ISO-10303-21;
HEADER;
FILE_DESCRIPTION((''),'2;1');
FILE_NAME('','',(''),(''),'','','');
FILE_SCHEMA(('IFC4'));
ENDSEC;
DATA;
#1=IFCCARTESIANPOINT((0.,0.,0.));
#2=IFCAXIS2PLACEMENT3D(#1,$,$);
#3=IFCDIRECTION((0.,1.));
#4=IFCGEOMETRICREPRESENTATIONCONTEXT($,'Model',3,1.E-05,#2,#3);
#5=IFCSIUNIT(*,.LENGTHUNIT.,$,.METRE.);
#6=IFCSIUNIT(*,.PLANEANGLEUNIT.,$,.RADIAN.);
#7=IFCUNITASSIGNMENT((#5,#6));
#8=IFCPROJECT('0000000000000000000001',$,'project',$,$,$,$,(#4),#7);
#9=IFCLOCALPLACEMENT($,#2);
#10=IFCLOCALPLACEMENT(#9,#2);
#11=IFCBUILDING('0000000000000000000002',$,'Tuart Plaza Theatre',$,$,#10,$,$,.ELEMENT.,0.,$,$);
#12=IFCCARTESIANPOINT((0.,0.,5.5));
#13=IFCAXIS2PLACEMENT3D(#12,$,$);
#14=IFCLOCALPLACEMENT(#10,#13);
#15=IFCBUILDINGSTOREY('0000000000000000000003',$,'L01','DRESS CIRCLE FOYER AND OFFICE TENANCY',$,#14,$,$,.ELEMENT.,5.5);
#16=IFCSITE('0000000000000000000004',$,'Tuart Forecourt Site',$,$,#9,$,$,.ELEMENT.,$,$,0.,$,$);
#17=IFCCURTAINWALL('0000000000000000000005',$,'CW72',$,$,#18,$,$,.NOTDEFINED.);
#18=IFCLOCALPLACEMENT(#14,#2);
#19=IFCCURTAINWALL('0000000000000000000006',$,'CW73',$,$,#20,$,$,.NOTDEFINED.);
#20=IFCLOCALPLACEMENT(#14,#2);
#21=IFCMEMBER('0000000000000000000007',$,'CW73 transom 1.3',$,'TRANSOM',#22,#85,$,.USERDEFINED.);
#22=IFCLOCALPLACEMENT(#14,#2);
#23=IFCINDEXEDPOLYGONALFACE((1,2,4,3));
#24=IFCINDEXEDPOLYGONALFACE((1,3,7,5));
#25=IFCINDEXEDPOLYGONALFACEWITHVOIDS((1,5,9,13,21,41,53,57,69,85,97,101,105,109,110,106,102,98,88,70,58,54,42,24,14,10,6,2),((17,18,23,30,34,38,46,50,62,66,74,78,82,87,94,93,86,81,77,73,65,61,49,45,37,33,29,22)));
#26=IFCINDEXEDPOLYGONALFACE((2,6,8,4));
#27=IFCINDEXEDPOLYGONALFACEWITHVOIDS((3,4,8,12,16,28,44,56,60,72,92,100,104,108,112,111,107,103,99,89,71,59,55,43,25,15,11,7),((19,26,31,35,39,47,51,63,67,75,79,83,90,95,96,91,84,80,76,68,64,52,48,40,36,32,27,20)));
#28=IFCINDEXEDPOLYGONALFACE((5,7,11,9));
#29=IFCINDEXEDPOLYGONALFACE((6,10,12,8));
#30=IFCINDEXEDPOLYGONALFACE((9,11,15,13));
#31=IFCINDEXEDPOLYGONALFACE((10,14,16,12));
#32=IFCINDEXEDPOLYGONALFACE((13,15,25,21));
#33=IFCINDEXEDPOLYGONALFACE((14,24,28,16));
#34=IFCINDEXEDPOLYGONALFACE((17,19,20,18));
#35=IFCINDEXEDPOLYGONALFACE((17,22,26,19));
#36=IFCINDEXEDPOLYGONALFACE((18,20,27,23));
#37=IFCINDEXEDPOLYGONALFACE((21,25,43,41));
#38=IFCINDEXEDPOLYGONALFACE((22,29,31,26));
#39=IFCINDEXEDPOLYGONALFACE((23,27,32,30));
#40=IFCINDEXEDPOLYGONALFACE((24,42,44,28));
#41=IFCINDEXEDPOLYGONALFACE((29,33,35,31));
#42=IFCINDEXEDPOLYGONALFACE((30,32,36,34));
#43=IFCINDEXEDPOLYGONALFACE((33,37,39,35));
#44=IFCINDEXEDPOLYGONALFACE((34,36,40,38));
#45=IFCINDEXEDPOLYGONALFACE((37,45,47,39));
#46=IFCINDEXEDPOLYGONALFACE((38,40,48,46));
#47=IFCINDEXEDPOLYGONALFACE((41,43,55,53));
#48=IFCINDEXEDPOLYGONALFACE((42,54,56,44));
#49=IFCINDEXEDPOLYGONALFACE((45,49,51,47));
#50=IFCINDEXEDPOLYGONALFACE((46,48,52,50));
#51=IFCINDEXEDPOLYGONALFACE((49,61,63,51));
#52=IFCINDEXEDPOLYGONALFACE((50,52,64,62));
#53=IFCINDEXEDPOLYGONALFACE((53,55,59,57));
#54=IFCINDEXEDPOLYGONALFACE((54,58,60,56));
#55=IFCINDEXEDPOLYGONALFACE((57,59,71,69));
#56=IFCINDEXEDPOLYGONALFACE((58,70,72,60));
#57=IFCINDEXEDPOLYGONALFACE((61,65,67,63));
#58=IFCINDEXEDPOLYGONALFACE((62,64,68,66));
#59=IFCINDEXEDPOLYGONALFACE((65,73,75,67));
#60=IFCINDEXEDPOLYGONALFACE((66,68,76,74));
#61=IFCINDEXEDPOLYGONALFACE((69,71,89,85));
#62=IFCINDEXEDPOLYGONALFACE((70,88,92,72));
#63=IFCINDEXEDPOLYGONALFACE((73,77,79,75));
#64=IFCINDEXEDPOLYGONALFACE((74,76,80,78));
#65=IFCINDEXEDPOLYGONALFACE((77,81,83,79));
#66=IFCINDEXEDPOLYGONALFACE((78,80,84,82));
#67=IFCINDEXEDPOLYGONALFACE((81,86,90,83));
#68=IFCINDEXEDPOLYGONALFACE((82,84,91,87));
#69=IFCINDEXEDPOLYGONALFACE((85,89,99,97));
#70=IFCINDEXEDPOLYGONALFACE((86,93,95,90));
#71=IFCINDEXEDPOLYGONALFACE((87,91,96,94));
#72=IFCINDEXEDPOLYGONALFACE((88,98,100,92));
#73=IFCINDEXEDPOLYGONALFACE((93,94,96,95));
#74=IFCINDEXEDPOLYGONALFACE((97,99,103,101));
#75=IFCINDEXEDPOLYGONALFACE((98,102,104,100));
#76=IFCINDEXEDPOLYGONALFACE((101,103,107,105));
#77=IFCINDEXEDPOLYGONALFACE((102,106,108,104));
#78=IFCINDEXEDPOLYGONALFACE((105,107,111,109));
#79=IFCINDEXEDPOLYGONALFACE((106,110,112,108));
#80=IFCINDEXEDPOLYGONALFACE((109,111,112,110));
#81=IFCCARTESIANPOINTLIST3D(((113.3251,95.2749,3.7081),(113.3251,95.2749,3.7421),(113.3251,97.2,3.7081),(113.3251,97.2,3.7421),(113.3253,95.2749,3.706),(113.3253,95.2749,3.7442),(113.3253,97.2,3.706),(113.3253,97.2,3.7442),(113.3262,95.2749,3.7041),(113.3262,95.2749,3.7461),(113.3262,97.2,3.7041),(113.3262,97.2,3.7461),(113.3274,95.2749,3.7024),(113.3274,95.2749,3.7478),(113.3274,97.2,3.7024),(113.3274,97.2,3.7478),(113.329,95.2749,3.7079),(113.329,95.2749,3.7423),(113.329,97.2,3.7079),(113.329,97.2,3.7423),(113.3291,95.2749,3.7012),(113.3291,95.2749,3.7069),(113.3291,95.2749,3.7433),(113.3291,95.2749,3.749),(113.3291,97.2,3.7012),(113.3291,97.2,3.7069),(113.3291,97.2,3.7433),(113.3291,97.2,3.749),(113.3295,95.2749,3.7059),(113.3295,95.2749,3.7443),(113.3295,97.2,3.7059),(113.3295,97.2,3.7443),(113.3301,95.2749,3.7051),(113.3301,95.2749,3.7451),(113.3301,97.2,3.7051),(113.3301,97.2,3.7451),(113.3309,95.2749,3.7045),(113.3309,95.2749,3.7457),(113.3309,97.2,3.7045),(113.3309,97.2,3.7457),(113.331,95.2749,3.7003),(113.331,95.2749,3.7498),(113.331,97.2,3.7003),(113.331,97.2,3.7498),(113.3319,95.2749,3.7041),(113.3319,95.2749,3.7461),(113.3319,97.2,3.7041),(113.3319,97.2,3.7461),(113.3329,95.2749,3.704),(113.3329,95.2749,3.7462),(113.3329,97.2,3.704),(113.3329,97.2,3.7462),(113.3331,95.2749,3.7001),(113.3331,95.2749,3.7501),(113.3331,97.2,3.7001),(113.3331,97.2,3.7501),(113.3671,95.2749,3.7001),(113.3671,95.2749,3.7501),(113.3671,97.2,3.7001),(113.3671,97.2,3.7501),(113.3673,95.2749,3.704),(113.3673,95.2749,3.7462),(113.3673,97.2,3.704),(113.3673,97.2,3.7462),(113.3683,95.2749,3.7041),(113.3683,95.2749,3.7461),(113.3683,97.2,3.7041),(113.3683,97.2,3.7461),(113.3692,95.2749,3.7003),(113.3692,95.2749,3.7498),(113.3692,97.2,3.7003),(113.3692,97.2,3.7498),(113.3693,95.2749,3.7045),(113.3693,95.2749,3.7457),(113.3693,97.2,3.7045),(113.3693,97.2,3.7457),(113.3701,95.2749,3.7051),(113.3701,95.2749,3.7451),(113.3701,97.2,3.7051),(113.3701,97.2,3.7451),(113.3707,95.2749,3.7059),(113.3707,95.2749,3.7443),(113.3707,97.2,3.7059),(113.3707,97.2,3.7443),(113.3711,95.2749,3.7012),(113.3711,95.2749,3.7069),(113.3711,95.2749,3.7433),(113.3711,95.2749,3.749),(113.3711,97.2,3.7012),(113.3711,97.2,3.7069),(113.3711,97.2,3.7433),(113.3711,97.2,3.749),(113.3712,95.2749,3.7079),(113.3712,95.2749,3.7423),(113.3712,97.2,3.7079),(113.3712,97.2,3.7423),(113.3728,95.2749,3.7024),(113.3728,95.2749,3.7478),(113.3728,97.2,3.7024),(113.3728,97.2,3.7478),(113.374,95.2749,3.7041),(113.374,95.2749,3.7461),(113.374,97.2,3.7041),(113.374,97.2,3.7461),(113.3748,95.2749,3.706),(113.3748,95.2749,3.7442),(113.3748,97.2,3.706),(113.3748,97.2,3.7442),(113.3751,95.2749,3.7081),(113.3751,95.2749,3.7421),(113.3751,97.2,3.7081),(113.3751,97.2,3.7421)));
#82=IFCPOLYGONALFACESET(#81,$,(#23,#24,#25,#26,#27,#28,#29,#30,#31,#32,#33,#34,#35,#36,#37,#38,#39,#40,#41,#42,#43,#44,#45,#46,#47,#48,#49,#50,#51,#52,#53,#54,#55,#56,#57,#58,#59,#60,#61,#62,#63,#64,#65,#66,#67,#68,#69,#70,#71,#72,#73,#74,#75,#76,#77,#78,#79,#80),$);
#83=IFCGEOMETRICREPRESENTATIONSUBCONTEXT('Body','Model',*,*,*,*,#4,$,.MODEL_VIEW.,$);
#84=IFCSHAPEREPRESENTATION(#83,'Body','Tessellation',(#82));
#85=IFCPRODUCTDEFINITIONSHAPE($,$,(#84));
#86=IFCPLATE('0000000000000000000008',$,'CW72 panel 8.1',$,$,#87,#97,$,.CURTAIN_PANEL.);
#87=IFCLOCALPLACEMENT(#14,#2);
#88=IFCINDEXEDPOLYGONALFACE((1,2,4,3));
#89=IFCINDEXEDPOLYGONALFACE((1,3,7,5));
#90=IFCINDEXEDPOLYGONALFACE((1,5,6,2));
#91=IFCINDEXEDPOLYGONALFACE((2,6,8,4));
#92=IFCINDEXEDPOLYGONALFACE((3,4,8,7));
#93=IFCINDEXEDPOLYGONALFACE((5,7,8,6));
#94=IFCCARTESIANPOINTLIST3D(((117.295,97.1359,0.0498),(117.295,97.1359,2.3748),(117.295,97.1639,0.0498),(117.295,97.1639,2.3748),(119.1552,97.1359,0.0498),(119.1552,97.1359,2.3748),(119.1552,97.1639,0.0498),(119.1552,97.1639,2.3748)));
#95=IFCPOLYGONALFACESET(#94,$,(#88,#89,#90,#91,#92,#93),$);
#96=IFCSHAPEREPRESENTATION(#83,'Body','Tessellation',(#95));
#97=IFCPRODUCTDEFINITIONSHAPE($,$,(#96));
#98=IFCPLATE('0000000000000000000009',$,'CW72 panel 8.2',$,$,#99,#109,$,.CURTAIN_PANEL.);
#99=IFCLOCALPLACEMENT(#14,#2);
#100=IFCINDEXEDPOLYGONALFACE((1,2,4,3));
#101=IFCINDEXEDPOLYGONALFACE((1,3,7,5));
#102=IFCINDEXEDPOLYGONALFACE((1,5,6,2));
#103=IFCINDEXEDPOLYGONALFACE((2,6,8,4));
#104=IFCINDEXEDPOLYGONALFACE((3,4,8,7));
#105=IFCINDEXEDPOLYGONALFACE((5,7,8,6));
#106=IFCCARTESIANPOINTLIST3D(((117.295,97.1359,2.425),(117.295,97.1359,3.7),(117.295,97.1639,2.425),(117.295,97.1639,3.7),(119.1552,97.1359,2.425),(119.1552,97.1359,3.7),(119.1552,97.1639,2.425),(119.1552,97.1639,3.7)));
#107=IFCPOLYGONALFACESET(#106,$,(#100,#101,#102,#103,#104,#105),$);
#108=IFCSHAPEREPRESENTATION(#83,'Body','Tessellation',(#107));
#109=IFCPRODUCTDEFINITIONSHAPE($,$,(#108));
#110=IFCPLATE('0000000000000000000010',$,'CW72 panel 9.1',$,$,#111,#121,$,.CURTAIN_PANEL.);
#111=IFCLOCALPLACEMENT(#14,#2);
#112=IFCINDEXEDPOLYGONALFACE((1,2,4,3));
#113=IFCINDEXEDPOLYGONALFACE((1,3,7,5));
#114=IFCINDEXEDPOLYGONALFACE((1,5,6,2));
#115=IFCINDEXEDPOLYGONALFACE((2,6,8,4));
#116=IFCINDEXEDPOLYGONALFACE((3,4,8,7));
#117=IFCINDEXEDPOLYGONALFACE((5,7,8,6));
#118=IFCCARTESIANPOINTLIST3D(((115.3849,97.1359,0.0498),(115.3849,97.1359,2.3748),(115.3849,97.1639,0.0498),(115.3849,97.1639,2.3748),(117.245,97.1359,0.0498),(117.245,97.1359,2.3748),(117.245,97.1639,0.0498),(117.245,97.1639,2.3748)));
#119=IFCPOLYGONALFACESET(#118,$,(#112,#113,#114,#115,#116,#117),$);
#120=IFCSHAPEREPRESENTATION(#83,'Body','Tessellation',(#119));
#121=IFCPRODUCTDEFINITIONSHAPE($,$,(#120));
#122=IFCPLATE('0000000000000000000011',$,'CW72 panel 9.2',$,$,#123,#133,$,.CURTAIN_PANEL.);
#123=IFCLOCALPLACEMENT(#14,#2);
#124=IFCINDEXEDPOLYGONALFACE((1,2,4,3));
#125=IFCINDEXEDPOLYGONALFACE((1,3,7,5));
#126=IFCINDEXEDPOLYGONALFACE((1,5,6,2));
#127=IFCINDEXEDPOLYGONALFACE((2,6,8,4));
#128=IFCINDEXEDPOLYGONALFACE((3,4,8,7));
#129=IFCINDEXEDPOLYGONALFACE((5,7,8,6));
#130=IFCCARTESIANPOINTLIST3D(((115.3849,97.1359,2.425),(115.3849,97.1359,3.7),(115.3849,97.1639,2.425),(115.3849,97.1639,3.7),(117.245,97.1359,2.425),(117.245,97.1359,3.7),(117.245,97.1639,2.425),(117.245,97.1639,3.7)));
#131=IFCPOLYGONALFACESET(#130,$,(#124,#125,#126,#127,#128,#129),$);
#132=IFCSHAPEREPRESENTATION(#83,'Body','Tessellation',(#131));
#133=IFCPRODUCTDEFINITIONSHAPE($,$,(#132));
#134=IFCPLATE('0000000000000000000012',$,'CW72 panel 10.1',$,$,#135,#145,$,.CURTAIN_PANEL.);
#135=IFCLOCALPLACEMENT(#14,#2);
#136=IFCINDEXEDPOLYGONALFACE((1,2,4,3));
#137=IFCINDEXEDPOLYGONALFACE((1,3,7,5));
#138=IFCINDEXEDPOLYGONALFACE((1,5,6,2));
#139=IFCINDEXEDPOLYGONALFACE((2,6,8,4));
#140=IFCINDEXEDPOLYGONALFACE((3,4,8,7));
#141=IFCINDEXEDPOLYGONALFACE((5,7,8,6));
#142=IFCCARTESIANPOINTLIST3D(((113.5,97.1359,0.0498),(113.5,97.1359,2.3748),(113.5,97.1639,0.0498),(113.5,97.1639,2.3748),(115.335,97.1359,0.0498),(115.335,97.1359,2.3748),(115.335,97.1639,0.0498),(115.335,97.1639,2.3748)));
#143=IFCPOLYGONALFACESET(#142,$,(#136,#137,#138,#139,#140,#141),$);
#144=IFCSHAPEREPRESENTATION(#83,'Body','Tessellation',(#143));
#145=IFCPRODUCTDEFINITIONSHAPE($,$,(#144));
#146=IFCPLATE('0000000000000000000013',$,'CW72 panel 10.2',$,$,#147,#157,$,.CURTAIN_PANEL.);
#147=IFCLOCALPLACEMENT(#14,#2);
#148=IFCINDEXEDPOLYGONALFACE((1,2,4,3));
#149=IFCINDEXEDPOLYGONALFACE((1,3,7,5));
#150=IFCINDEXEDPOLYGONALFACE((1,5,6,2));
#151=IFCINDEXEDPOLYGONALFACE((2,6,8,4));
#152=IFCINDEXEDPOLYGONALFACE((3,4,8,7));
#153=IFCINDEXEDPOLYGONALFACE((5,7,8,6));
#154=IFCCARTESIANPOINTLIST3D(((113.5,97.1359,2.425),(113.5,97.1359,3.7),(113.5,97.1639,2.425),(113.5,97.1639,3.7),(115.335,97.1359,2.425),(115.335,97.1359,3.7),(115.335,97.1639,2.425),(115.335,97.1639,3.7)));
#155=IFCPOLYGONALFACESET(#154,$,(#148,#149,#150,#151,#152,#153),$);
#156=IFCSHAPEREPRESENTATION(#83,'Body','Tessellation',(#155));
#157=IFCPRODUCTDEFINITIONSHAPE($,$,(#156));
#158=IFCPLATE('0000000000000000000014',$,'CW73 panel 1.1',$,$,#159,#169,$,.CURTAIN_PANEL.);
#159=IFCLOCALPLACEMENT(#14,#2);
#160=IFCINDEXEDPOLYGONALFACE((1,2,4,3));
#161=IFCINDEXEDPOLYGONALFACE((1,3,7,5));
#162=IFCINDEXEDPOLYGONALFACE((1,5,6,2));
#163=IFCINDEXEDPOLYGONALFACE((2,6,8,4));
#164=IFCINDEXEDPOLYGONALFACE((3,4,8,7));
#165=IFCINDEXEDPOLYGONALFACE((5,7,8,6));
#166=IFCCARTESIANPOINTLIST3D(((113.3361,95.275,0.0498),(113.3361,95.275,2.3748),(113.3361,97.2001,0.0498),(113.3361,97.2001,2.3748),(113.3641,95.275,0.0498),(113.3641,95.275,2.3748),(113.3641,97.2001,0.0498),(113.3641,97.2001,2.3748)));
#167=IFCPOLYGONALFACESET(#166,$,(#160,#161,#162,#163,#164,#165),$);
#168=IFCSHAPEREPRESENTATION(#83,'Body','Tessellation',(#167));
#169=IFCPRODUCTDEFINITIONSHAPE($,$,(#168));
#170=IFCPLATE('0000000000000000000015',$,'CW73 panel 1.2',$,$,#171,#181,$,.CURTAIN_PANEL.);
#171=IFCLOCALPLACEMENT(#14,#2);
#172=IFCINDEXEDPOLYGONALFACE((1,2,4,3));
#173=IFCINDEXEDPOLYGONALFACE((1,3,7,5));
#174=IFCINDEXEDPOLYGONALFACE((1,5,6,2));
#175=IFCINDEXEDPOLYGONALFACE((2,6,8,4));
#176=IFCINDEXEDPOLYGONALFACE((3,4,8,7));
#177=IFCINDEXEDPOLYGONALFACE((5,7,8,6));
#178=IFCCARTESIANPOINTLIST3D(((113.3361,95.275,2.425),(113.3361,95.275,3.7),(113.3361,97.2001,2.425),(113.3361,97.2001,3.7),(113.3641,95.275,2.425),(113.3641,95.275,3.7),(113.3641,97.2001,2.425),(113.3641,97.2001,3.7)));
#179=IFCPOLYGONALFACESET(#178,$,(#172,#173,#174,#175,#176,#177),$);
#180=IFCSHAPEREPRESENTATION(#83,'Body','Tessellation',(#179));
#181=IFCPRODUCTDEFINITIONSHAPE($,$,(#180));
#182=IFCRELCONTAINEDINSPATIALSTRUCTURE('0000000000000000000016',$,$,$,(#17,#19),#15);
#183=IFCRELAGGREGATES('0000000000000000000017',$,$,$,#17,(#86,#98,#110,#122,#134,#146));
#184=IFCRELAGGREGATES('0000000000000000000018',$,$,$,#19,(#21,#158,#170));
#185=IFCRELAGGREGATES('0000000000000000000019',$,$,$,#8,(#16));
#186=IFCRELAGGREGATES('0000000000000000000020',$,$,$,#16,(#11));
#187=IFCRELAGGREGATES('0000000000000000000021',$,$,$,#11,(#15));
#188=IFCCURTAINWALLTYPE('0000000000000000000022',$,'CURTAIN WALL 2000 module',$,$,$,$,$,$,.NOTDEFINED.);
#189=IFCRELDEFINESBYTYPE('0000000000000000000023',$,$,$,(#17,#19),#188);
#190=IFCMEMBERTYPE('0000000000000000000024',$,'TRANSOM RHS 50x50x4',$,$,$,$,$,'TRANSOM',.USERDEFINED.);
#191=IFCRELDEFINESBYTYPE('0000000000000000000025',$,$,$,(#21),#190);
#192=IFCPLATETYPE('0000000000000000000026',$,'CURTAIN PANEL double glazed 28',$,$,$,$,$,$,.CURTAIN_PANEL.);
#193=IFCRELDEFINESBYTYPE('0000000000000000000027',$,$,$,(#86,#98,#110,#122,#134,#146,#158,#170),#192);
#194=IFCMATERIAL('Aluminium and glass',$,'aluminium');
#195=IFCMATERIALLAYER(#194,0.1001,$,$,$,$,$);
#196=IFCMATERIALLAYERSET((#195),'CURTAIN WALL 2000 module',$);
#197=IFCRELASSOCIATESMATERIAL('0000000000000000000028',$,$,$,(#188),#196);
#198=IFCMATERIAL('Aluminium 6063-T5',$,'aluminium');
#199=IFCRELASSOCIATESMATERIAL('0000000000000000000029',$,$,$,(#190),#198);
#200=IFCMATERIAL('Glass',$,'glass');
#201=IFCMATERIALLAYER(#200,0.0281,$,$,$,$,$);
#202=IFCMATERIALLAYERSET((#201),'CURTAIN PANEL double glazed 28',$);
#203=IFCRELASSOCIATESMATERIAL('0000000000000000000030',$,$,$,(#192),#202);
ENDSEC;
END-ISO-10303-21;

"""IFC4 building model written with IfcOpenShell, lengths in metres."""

from ifc_helpers import new_model, si_unit, direction, frame, origin, origin_2d, place, context, subcontext, project, spatial, rectangle, hollow_rectangle, extrude, material, layer, layer_set, material_profile, profile_set, type_object, element, aggregate, save


model = new_model("IFC4")

# Units and contexts
model_context = context("Model", 3, precision=1e-05, world=origin(), true_north=direction((0.0, 1.0)))
body_context = subcontext(model_context, "Body", "Model", "MODEL_VIEW")
ifc_project = project(units=[si_unit("LENGTHUNIT", "METRE"), si_unit("PLANEANGLEUNIT", "RADIAN")], contexts=[model_context])

# Site, building, storey
site_placement = place(None, origin())
site = spatial("IfcSite", under=ifc_project, at=site_placement, Name="Tuart Forecourt Site", CompositionType="ELEMENT", RefElevation=0.0)
building_placement = place(site_placement, origin())
building = spatial("IfcBuilding", under=site, at=building_placement, Name="Tuart Plaza Theatre", CompositionType="ELEMENT", ElevationOfRefHeight=0.0)
storey_placement = place(building_placement, frame((0.0, 0.0, 5.5)))
storey = spatial("IfcBuildingStorey", under=building, at=storey_placement, Name="L01", Description="DRESS CIRCLE FOYER AND OFFICE TENANCY", CompositionType="ELEMENT", Elevation=5.5)

# Curtain wall
ifc_material_1 = material(Name="Aluminium and glass", Category="aluminium")
ifc_layer_1 = layer(ifc_material_1, 0.1001)
ifc_layer_set_1 = layer_set([ifc_layer_1], Name="CURTAIN WALL 2000 module")
curtain_wall_type = type_object("IfcCurtainWallType", Name="CURTAIN WALL 2000 module", PredefinedType="NOTDEFINED", material=ifc_layer_set_1)
curtain_wall_1_placement = place(storey_placement, origin())
curtain_wall_1 = element("IfcCurtainWall", 1, at=curtain_wall_1_placement, inside=storey, type_object=curtain_wall_type, Name="CW72", PredefinedType="NOTDEFINED")

# Curtain wall
curtain_wall_2_placement = place(storey_placement, origin())
curtain_wall_2 = element("IfcCurtainWall", 2, at=curtain_wall_2_placement, inside=storey, type_object=curtain_wall_type, Name="CW73", PredefinedType="NOTDEFINED")

# Member
ifc_material_2 = material(Name="Aluminium 6063-T5", Category="aluminium")
ifc_material_profile_1 = material_profile(ifc_material_2, hollow_rectangle(XDim=0.05, YDim=0.05, WallThickness=0.0039, InnerFilletRadius=0.0039, OuterFilletRadius=0.0081, at=origin_2d()), Name="RHS 50x50x4")
ifc_profile_set_1 = profile_set([ifc_material_profile_1], Name="Aluminium 6063-T5")
member_type_1 = type_object("IfcMemberType", Name="TRANSOM RHS 50x50x4", ElementType="TRANSOM", PredefinedType="USERDEFINED", material=ifc_profile_set_1)
member_1_placement = place(storey_placement, frame((113.3501, 97.2, 3.7251), z_axis=(0.0, -1.0, 0.0), x_axis=(1.0, 0.0, 0.0)))
member_1 = element("IfcMember", 3, at=member_1_placement, type_object=member_type_1, Name="CW73 transom 1.3", ObjectType="TRANSOM", PredefinedType="USERDEFINED", context=body_context, shape_type="SweptSolid", body=[
    extrude(hollow_rectangle(XDim=0.05, YDim=0.05, WallThickness=0.0039, InnerFilletRadius=0.0039, OuterFilletRadius=0.0081, at=origin_2d()), origin(), (0.0, 0.0, 1.0), 1.925),
])

# Plates
ifc_material_3 = material(Name="Glass", Category="glass")
ifc_layer_2 = layer(ifc_material_3, 0.0281)
ifc_layer_set_2 = layer_set([ifc_layer_2], Name="CURTAIN PANEL double glazed 28")
plate_type = type_object("IfcPlateType", Name="CURTAIN PANEL double glazed 28", PredefinedType="CURTAIN_PANEL", material=ifc_layer_set_2)
plate_1_placement = place(storey_placement, frame((118.2251, 97.1499, 0.0498), z_axis=(0.0, 0.0, 1.0), x_axis=(-1.0, 0.0, 0.0)))
plate_1 = element("IfcPlate", 4, at=plate_1_placement, type_object=plate_type, Name="CW72 panel 8.1", PredefinedType="CURTAIN_PANEL", context=body_context, shape_type="SweptSolid", body=[
    extrude(rectangle(XDim=1.8601, YDim=0.0281, at=origin_2d()), origin(), (0.0, 0.0, 1.0), 2.325),
])
plate_2_placement = place(storey_placement, frame((118.2251, 97.1499, 2.425), z_axis=(0.0, 0.0, 1.0), x_axis=(-1.0, 0.0, 0.0)))
plate_2 = element("IfcPlate", 5, at=plate_2_placement, type_object=plate_type, Name="CW72 panel 8.2", PredefinedType="CURTAIN_PANEL", context=body_context, shape_type="SweptSolid", body=[
    extrude(rectangle(XDim=1.8601, YDim=0.0281, at=origin_2d()), origin(), (0.0, 0.0, 1.0), 1.2749),
])
plate_3_placement = place(storey_placement, frame((116.3149, 97.1499, 0.0498), z_axis=(0.0, 0.0, 1.0), x_axis=(-1.0, 0.0, 0.0)))
plate_3 = element("IfcPlate", 6, at=plate_3_placement, type_object=plate_type, Name="CW72 panel 9.1", PredefinedType="CURTAIN_PANEL", context=body_context, shape_type="SweptSolid", body=[
    extrude(rectangle(XDim=1.8601, YDim=0.0281, at=origin_2d()), origin(), (0.0, 0.0, 1.0), 2.325),
])
plate_4_placement = place(storey_placement, frame((116.3149, 97.1499, 2.425), z_axis=(0.0, 0.0, 1.0), x_axis=(-1.0, 0.0, 0.0)))
plate_4 = element("IfcPlate", 7, at=plate_4_placement, type_object=plate_type, Name="CW72 panel 9.2", PredefinedType="CURTAIN_PANEL", context=body_context, shape_type="SweptSolid", body=[
    extrude(rectangle(XDim=1.8601, YDim=0.0281, at=origin_2d()), origin(), (0.0, 0.0, 1.0), 1.2749),
])
plate_5_placement = place(storey_placement, frame((114.4175, 97.1499, 0.0498), z_axis=(0.0, 0.0, 1.0), x_axis=(-1.0, 0.0, 0.0)))
plate_5 = element("IfcPlate", 8, at=plate_5_placement, type_object=plate_type, Name="CW72 panel 10.1", PredefinedType="CURTAIN_PANEL", context=body_context, shape_type="SweptSolid", body=[
    extrude(rectangle(XDim=1.835, YDim=0.0281, at=origin_2d()), origin(), (0.0, 0.0, 1.0), 2.325),
])
plate_6_placement = place(storey_placement, frame((114.4175, 97.1499, 2.425), z_axis=(0.0, 0.0, 1.0), x_axis=(-1.0, 0.0, 0.0)))
plate_6 = element("IfcPlate", 9, at=plate_6_placement, type_object=plate_type, Name="CW72 panel 10.2", PredefinedType="CURTAIN_PANEL", context=body_context, shape_type="SweptSolid", body=[
    extrude(rectangle(XDim=1.835, YDim=0.0281, at=origin_2d()), origin(), (0.0, 0.0, 1.0), 1.2749),
])
aggregate(curtain_wall_1, [plate_1, plate_2, plate_3, plate_4, plate_5, plate_6])
plate_7_placement = place(storey_placement, frame((113.3501, 96.2375, 0.0498), z_axis=(0.0, 0.0, 1.0), x_axis=(0.0, -1.0, 0.0)))
plate_7 = element("IfcPlate", 10, at=plate_7_placement, type_object=plate_type, Name="CW73 panel 1.1", PredefinedType="CURTAIN_PANEL", context=body_context, shape_type="SweptSolid", body=[
    extrude(rectangle(XDim=1.925, YDim=0.0281, at=origin_2d()), origin(), (0.0, 0.0, 1.0), 2.325),
])
plate_8_placement = place(storey_placement, frame((113.3501, 96.2375, 2.425), z_axis=(0.0, 0.0, 1.0), x_axis=(0.0, -1.0, 0.0)))
plate_8 = element("IfcPlate", 11, at=plate_8_placement, type_object=plate_type, Name="CW73 panel 1.2", PredefinedType="CURTAIN_PANEL", context=body_context, shape_type="SweptSolid", body=[
    extrude(rectangle(XDim=1.925, YDim=0.0281, at=origin_2d()), origin(), (0.0, 0.0, 1.0), 1.2749),
])
aggregate(curtain_wall_2, [member_1, plate_7, plate_8])

save(model, "model.ifc")
